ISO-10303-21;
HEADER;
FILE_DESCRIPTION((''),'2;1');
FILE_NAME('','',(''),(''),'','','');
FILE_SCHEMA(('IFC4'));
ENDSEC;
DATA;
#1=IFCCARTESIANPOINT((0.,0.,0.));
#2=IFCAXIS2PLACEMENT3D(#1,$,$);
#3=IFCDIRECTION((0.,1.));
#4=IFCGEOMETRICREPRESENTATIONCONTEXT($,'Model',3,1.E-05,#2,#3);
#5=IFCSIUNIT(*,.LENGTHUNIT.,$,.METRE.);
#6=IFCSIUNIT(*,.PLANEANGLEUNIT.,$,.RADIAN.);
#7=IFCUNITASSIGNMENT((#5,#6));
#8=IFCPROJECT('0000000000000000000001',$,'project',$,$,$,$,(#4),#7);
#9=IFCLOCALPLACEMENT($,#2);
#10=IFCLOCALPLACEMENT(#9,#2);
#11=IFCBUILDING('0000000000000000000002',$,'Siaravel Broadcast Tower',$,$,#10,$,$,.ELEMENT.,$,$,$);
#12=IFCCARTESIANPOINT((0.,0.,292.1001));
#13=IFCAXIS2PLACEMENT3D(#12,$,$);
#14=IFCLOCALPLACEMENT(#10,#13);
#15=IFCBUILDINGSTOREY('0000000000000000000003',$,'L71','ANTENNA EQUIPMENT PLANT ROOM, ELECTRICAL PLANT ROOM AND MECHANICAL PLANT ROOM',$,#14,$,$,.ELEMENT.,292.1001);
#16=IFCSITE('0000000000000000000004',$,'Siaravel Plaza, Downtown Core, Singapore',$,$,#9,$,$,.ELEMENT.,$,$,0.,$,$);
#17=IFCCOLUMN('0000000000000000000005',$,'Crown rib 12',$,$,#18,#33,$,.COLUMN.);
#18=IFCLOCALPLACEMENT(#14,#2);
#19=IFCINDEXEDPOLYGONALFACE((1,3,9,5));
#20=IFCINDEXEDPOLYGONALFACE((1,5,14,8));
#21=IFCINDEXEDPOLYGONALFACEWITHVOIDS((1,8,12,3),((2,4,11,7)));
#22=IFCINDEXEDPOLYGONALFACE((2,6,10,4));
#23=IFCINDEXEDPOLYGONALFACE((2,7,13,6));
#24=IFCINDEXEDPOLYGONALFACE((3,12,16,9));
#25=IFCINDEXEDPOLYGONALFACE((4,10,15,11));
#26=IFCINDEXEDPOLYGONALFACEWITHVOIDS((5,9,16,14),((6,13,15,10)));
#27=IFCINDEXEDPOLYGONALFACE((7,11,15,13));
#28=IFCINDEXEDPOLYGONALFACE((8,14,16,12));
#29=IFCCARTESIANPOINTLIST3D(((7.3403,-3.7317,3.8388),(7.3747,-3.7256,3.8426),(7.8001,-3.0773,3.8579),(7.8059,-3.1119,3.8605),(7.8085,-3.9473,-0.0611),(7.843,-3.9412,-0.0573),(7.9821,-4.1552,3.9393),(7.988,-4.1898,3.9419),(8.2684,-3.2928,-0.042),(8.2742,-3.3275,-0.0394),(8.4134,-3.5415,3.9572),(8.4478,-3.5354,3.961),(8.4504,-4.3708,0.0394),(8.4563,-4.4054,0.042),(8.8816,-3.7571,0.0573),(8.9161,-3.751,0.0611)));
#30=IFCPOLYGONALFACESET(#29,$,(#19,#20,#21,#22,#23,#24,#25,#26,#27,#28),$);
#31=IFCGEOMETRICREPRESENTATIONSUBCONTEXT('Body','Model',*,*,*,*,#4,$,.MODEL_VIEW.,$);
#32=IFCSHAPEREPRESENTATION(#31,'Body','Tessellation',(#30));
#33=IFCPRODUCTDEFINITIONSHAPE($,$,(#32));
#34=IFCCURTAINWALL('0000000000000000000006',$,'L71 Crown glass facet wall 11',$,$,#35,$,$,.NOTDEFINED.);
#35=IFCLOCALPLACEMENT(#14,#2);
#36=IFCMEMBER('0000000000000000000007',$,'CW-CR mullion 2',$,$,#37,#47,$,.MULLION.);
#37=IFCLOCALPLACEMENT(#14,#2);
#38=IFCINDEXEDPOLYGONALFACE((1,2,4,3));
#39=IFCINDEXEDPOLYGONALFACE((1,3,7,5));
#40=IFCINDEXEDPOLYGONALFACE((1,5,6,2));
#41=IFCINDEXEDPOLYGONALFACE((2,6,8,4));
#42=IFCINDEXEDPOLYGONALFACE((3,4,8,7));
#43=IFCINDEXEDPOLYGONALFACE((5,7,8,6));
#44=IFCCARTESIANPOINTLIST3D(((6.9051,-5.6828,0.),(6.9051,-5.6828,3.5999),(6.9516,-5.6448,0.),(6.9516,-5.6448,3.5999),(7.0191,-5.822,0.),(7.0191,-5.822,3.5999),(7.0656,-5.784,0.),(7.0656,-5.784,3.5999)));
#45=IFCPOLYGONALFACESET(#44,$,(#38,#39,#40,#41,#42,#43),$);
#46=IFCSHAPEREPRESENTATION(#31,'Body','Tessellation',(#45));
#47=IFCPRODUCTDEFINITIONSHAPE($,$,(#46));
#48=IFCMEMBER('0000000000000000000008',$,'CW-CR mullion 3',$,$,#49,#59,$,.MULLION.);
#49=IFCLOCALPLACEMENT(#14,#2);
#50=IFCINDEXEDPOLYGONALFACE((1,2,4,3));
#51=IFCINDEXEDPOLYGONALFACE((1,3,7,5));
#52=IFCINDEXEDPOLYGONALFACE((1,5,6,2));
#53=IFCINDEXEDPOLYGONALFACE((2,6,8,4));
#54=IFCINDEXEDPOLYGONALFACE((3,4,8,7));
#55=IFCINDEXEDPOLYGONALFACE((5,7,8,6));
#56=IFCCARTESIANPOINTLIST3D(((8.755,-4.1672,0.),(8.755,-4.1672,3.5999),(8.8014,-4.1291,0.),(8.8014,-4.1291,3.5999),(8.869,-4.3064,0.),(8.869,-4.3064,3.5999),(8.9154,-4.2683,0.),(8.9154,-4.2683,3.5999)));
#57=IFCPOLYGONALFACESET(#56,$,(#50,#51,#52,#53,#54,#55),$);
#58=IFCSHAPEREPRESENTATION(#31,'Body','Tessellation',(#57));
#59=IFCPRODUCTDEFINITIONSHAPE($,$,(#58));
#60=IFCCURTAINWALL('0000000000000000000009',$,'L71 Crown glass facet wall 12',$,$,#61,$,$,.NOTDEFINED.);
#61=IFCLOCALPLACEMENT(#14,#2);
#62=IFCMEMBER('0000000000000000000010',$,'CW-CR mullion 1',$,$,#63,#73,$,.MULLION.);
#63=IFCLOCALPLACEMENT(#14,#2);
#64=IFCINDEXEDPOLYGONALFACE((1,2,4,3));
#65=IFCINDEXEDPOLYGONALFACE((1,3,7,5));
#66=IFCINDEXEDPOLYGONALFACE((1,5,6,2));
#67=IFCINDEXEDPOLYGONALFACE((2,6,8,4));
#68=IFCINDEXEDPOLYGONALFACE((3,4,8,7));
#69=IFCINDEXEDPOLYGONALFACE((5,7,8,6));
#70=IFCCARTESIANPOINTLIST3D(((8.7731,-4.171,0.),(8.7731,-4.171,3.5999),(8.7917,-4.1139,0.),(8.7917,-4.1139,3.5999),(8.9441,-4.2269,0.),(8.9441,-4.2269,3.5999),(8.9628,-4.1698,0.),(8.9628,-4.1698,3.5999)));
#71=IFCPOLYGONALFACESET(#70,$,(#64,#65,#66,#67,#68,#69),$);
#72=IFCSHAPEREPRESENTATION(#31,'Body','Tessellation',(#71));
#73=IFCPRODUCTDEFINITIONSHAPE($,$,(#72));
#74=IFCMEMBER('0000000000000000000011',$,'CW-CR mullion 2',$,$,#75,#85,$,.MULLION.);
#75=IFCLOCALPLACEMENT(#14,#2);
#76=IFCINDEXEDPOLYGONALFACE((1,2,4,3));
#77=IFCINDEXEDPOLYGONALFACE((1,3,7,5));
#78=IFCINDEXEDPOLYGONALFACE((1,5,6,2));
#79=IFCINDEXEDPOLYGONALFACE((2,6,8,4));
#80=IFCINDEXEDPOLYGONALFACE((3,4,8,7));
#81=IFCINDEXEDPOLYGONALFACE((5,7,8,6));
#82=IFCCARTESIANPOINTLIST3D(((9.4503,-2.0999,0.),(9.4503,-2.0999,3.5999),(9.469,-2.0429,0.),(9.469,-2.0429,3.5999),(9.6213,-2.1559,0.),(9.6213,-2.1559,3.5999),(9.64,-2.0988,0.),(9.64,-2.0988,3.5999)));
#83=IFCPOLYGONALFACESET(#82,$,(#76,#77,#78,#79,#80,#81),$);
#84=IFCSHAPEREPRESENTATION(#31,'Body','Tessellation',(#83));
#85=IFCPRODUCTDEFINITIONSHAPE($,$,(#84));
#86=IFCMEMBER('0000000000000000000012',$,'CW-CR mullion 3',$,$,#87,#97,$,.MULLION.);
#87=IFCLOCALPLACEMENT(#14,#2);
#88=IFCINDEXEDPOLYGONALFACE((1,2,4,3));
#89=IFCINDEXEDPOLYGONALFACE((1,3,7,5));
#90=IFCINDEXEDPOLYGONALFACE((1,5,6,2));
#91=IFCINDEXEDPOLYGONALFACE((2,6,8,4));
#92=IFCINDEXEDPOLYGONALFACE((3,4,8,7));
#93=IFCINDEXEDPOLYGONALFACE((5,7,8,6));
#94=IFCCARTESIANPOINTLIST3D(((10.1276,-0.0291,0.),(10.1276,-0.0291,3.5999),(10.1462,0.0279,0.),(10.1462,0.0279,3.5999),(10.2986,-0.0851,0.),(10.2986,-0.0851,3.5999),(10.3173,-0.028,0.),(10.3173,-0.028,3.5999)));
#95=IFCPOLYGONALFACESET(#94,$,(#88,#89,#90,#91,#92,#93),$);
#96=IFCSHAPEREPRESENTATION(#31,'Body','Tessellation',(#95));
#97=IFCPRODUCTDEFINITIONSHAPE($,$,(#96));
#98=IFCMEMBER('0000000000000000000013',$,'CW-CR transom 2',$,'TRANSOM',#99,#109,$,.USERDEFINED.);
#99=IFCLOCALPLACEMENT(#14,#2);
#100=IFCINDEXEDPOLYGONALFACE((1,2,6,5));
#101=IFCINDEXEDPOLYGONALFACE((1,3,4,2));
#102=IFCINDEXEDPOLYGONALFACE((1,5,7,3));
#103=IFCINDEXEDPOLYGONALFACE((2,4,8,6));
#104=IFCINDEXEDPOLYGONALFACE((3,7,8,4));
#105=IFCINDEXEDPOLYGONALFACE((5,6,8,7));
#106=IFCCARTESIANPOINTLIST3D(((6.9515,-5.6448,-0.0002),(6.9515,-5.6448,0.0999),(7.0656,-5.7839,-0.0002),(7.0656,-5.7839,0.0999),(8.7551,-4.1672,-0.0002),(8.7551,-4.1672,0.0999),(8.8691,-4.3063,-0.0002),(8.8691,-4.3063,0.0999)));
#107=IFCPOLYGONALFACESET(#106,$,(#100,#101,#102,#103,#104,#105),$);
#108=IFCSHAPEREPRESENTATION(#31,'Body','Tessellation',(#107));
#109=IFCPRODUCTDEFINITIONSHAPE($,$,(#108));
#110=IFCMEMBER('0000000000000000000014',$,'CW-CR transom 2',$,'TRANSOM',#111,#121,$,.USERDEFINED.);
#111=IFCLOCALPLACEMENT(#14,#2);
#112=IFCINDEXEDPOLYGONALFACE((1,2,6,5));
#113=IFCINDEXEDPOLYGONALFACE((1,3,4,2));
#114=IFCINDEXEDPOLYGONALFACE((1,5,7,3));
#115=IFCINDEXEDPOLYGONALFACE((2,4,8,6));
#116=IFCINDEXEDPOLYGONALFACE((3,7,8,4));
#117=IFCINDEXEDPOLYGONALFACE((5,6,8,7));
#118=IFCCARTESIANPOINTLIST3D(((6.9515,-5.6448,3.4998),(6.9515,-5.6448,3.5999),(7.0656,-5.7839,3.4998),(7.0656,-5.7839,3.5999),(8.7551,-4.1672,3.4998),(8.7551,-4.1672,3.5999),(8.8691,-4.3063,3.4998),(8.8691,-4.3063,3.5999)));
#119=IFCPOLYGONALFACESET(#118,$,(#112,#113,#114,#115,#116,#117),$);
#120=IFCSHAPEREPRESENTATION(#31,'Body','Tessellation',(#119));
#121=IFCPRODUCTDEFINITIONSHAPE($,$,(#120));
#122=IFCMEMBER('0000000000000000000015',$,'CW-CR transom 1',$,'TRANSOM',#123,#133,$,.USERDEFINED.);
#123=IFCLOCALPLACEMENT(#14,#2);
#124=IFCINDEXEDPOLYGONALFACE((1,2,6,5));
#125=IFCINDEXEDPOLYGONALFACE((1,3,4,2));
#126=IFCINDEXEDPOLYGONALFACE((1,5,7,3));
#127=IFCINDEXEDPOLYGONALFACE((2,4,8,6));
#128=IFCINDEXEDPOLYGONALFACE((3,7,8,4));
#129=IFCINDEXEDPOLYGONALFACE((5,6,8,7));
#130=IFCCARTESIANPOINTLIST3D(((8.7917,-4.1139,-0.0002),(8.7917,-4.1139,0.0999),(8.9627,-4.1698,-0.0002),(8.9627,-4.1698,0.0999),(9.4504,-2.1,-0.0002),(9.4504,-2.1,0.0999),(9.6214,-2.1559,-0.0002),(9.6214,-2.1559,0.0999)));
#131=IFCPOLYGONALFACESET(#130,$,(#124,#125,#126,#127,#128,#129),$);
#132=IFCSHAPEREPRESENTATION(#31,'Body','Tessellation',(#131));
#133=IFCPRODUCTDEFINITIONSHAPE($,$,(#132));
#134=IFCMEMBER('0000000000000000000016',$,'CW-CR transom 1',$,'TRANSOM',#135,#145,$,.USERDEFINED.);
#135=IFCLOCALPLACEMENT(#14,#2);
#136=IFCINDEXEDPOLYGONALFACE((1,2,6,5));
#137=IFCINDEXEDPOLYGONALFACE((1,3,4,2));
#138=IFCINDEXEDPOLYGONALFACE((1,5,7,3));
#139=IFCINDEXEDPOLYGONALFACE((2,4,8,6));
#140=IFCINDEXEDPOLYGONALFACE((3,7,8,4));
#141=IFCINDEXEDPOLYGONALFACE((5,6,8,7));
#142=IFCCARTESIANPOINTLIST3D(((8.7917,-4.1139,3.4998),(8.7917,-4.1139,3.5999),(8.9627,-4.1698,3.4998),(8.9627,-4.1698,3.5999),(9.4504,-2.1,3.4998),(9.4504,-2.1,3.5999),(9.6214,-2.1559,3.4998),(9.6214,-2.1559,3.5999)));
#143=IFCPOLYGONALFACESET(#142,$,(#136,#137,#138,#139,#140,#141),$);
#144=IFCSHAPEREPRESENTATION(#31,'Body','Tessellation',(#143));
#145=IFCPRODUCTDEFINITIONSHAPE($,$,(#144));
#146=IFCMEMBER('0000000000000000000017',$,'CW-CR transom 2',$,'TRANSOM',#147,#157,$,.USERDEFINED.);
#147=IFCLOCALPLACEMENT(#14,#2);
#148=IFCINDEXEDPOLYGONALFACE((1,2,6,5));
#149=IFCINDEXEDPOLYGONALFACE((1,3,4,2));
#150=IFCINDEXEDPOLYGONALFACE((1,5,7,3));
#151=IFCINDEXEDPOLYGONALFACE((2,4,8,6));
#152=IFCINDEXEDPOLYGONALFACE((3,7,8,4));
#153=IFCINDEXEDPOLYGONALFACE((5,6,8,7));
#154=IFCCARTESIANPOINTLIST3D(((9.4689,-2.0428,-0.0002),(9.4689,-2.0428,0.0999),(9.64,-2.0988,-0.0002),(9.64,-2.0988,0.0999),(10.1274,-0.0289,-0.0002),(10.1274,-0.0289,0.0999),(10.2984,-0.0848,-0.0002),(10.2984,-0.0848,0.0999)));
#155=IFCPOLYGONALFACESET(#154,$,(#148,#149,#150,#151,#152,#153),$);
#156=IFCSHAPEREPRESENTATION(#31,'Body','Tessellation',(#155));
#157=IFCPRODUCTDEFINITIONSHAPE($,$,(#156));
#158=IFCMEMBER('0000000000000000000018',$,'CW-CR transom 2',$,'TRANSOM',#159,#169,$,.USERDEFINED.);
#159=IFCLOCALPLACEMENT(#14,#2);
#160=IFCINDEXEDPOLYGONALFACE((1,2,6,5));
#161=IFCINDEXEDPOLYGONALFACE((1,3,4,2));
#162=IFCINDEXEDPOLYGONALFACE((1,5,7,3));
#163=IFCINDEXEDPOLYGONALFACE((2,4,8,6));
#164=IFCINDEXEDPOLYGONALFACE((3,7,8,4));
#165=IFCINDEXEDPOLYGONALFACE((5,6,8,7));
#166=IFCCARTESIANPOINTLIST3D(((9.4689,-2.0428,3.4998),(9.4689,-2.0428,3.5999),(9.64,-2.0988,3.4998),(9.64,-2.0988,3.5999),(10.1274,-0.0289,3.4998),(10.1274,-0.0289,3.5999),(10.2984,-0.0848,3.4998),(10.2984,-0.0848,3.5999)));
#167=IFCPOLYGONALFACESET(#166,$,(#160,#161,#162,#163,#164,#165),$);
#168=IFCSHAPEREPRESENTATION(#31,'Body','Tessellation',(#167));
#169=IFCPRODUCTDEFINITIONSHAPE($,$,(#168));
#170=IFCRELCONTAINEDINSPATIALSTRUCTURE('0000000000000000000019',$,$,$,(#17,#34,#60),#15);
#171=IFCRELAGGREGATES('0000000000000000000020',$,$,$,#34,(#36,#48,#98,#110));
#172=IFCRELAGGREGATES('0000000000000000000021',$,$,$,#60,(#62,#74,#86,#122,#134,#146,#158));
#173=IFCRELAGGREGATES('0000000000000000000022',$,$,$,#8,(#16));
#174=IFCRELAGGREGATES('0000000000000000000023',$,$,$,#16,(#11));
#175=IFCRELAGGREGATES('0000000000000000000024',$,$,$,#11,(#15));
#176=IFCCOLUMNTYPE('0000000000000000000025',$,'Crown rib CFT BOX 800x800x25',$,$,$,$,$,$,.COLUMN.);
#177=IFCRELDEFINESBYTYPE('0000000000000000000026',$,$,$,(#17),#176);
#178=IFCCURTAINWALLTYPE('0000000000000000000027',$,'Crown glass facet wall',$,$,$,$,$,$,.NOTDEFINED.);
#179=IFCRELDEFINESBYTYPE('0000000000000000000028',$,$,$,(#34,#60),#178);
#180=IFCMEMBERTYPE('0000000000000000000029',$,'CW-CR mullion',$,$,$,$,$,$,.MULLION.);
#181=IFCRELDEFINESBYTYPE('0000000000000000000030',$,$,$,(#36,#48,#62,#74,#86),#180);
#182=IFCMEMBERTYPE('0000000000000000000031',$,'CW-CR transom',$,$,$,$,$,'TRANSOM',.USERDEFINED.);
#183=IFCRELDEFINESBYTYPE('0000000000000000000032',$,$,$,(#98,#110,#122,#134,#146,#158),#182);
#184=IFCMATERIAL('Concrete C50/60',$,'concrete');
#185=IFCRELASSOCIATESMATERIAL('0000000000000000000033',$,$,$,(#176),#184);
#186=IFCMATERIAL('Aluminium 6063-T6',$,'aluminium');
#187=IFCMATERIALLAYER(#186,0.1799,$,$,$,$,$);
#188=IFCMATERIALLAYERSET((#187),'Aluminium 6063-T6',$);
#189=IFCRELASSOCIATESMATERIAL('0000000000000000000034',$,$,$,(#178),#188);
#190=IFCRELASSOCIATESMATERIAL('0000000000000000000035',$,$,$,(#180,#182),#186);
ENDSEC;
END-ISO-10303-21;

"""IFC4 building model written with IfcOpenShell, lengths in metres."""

from ifc_helpers import new_model, si_unit, direction, frame, origin, origin_2d, place, context, subcontext, project, spatial, rectangle, hollow_rectangle, extrude, material, layer, layer_set, material_profile, profile_set, type_object, element, aggregate, save


model = new_model("IFC4")

# Units and contexts
model_context = context("Model", 3, precision=1e-05, world=origin(), true_north=direction((0.0, 1.0)))
body_context = subcontext(model_context, "Body", "Model", "MODEL_VIEW")
ifc_project = project(units=[si_unit("LENGTHUNIT", "METRE"), si_unit("PLANEANGLEUNIT", "RADIAN")], contexts=[model_context])

# Site, building, storey
site_placement = place(None, origin())
site = spatial("IfcSite", under=ifc_project, at=site_placement, Name="Siaravel Plaza, Downtown Core, Singapore", CompositionType="ELEMENT", RefElevation=0.0)
building_placement = place(site_placement, origin())
building = spatial("IfcBuilding", under=site, at=building_placement, Name="Siaravel Broadcast Tower", CompositionType="ELEMENT")
storey_placement = place(building_placement, frame((0.0, 0.0, 292.1001)))
storey = spatial("IfcBuildingStorey", under=building, at=storey_placement, Name="L71", Description="ANTENNA EQUIPMENT PLANT ROOM, ELECTRICAL PLANT ROOM AND MECHANICAL PLANT ROOM", CompositionType="ELEMENT", Elevation=292.1001)

# Column
ifc_material_1 = material(Name="Concrete C50/60", Category="concrete")
ifc_material_profile_1 = material_profile(ifc_material_1, hollow_rectangle(XDim=0.8, YDim=0.8, WallThickness=0.0249, at=origin_2d()))
ifc_profile_set_1 = profile_set([ifc_material_profile_1], Name="Concrete C50/60")
column_type = type_object("IfcColumnType", Name="Crown rib CFT BOX 800x800x25", PredefinedType="COLUMN", material=ifc_profile_set_1)
column_placement = place(storey_placement, frame((8.3623, -3.8491, 0.0), z_axis=(-0.119035, 0.054801, 0.991377), x_axis=(-0.574756, -0.817979, -0.023795)))
element("IfcColumn", 1, at=column_placement, inside=storey, type_object=column_type, Name="Crown rib 12", PredefinedType="COLUMN", context=body_context, shape_type="SweptSolid", body=[
    extrude(hollow_rectangle(XDim=0.8, YDim=0.8, WallThickness=0.0249, at=origin_2d()), origin(), (0.0, 0.0, 1.0), 3.9338),
])

# Curtain walls, members
ifc_material_2 = material(Name="Aluminium 6063-T6", Category="aluminium")
ifc_layer_1 = layer(ifc_material_2, 0.1799)
ifc_layer_set_1 = layer_set([ifc_layer_1], Name="Aluminium 6063-T6")
curtain_wall_type = type_object("IfcCurtainWallType", Name="Crown glass facet wall", PredefinedType="NOTDEFINED", material=ifc_layer_set_1)
curtain_wall_1_placement = place(storey_placement, origin())
curtain_wall_1 = element("IfcCurtainWall", 2, at=curtain_wall_1_placement, inside=storey, type_object=curtain_wall_type, Name="L71 Crown glass facet wall 11", PredefinedType="NOTDEFINED")
ifc_material_profile_2 = material_profile(ifc_material_2, rectangle(XDim=0.1799, YDim=0.0601, at=origin_2d()))
ifc_profile_set_2 = profile_set([ifc_material_profile_2], Name="Aluminium 6063-T6")
member_type_1 = type_object("IfcMemberType", Name="CW-CR mullion", PredefinedType="MULLION", material=ifc_profile_set_2)
member_1_placement = place(storey_placement, frame((6.9854, -5.7334, 0.0), z_axis=(0.0, 0.0, 1.0), x_axis=(-0.633724, 0.773559, 0.0)))
member_1 = element("IfcMember", 3, at=member_1_placement, type_object=member_type_1, Name="CW-CR mullion 2", PredefinedType="MULLION", context=body_context, shape_type="SweptSolid", body=[
    extrude(rectangle(XDim=0.1799, YDim=0.0601, at=origin_2d()), origin(), (0.0, 0.0, 1.0), 3.5999),
])
member_2_placement = place(storey_placement, frame((8.8352, -4.2178, 0.0), z_axis=(0.0, 0.0, 1.0), x_axis=(-0.633724, 0.773559, 0.0)))
member_2 = element("IfcMember", 4, at=member_2_placement, type_object=member_type_1, Name="CW-CR mullion 3", PredefinedType="MULLION", context=body_context, shape_type="SweptSolid", body=[
    extrude(rectangle(XDim=0.1799, YDim=0.0601, at=origin_2d()), origin(), (0.0, 0.0, 1.0), 3.5999),
])
curtain_wall_2_placement = place(storey_placement, origin())
curtain_wall_2 = element("IfcCurtainWall", 5, at=curtain_wall_2_placement, inside=storey, type_object=curtain_wall_type, Name="L71 Crown glass facet wall 12", PredefinedType="NOTDEFINED")
member_3_placement = place(storey_placement, frame((8.8679, -4.1704, 0.0), z_axis=(0.0, 0.0, 1.0), x_axis=(-0.95046, 0.310848, 0.0)))
member_3 = element("IfcMember", 6, at=member_3_placement, type_object=member_type_1, Name="CW-CR mullion 1", PredefinedType="MULLION", context=body_context, shape_type="SweptSolid", body=[
    extrude(rectangle(XDim=0.1799, YDim=0.0601, at=origin_2d()), origin(), (0.0, 0.0, 1.0), 3.5999),
])
member_4_placement = place(storey_placement, frame((9.5452, -2.0994, 0.0), z_axis=(0.0, 0.0, 1.0), x_axis=(-0.95046, 0.310848, 0.0)))
member_4 = element("IfcMember", 7, at=member_4_placement, type_object=member_type_1, Name="CW-CR mullion 2", PredefinedType="MULLION", context=body_context, shape_type="SweptSolid", body=[
    extrude(rectangle(XDim=0.1799, YDim=0.0601, at=origin_2d()), origin(), (0.0, 0.0, 1.0), 3.5999),
])
member_5_placement = place(storey_placement, frame((10.2224, -0.0286, 0.0), z_axis=(0.0, 0.0, 1.0), x_axis=(-0.95046, 0.310848, 0.0)))
member_5 = element("IfcMember", 8, at=member_5_placement, type_object=member_type_1, Name="CW-CR mullion 3", PredefinedType="MULLION", context=body_context, shape_type="SweptSolid", body=[
    extrude(rectangle(XDim=0.1799, YDim=0.0601, at=origin_2d()), origin(), (0.0, 0.0, 1.0), 3.5999),
])

# Members
ifc_material_profile_3 = material_profile(ifc_material_2, rectangle(XDim=0.1799, YDim=0.1001, at=origin_2d()))
ifc_profile_set_3 = profile_set([ifc_material_profile_3], Name="Aluminium 6063-T6")
member_type_2 = type_object("IfcMemberType", Name="CW-CR transom", ElementType="TRANSOM", PredefinedType="USERDEFINED", material=ifc_profile_set_3)
member_6_placement = place(storey_placement, frame((7.0085, -5.7144, 0.0498), z_axis=(0.773542, 0.633745, 0.0), x_axis=(-0.633745, 0.773542, 0.0)))
member_6 = element("IfcMember", 9, at=member_6_placement, type_object=member_type_2, Name="CW-CR transom 2", ObjectType="TRANSOM", PredefinedType="USERDEFINED", context=body_context, shape_type="SweptSolid", body=[
    extrude(rectangle(XDim=0.1799, YDim=0.1001, at=origin_2d()), origin(), (0.0, 0.0, 1.0), 2.3315),
])
member_7_placement = place(storey_placement, frame((7.0085, -5.7144, 3.5498), z_axis=(0.773542, 0.633745, 0.0), x_axis=(-0.633745, 0.773542, 0.0)))
member_7 = element("IfcMember", 10, at=member_7_placement, type_object=member_type_2, Name="CW-CR transom 2", ObjectType="TRANSOM", PredefinedType="USERDEFINED", context=body_context, shape_type="SweptSolid", body=[
    extrude(rectangle(XDim=0.1799, YDim=0.1001, at=origin_2d()), origin(), (0.0, 0.0, 1.0), 2.3315),
])
member_8_placement = place(storey_placement, frame((8.8772, -4.1418, 0.0498), z_axis=(0.310865, 0.950454, 0.0), x_axis=(-0.950454, 0.310865, 0.0)))
member_8 = element("IfcMember", 11, at=member_8_placement, type_object=member_type_2, Name="CW-CR transom 1", ObjectType="TRANSOM", PredefinedType="USERDEFINED", context=body_context, shape_type="SweptSolid", body=[
    extrude(rectangle(XDim=0.1799, YDim=0.1001, at=origin_2d()), origin(), (0.0, 0.0, 1.0), 2.1189),
])
member_9_placement = place(storey_placement, frame((8.8772, -4.1418, 3.5498), z_axis=(0.310865, 0.950454, 0.0), x_axis=(-0.950454, 0.310865, 0.0)))
member_9 = element("IfcMember", 12, at=member_9_placement, type_object=member_type_2, Name="CW-CR transom 1", ObjectType="TRANSOM", PredefinedType="USERDEFINED", context=body_context, shape_type="SweptSolid", body=[
    extrude(rectangle(XDim=0.1799, YDim=0.1001, at=origin_2d()), origin(), (0.0, 0.0, 1.0), 2.1189),
])
member_10_placement = place(storey_placement, frame((9.5544, -2.0708, 0.0498), z_axis=(0.310761, 0.950488, 0.0), x_axis=(-0.950488, 0.310761, 0.0)))
member_10 = element("IfcMember", 13, at=member_10_placement, type_object=member_type_2, Name="CW-CR transom 2", ObjectType="TRANSOM", PredefinedType="USERDEFINED", context=body_context, shape_type="SweptSolid", body=[
    extrude(rectangle(XDim=0.1799, YDim=0.1001, at=origin_2d()), origin(), (0.0, 0.0, 1.0), 2.1189),
])
member_11_placement = place(storey_placement, frame((9.5544, -2.0708, 3.5498), z_axis=(0.310761, 0.950488, 0.0), x_axis=(-0.950488, 0.310761, 0.0)))
member_11 = element("IfcMember", 14, at=member_11_placement, type_object=member_type_2, Name="CW-CR transom 2", ObjectType="TRANSOM", PredefinedType="USERDEFINED", context=body_context, shape_type="SweptSolid", body=[
    extrude(rectangle(XDim=0.1799, YDim=0.1001, at=origin_2d()), origin(), (0.0, 0.0, 1.0), 2.1189),
])

aggregate(curtain_wall_1, [member_1, member_2, member_6, member_7])
aggregate(curtain_wall_2, [member_3, member_4, member_5, member_8, member_9, member_10, member_11])

save(model, "model.ifc")
